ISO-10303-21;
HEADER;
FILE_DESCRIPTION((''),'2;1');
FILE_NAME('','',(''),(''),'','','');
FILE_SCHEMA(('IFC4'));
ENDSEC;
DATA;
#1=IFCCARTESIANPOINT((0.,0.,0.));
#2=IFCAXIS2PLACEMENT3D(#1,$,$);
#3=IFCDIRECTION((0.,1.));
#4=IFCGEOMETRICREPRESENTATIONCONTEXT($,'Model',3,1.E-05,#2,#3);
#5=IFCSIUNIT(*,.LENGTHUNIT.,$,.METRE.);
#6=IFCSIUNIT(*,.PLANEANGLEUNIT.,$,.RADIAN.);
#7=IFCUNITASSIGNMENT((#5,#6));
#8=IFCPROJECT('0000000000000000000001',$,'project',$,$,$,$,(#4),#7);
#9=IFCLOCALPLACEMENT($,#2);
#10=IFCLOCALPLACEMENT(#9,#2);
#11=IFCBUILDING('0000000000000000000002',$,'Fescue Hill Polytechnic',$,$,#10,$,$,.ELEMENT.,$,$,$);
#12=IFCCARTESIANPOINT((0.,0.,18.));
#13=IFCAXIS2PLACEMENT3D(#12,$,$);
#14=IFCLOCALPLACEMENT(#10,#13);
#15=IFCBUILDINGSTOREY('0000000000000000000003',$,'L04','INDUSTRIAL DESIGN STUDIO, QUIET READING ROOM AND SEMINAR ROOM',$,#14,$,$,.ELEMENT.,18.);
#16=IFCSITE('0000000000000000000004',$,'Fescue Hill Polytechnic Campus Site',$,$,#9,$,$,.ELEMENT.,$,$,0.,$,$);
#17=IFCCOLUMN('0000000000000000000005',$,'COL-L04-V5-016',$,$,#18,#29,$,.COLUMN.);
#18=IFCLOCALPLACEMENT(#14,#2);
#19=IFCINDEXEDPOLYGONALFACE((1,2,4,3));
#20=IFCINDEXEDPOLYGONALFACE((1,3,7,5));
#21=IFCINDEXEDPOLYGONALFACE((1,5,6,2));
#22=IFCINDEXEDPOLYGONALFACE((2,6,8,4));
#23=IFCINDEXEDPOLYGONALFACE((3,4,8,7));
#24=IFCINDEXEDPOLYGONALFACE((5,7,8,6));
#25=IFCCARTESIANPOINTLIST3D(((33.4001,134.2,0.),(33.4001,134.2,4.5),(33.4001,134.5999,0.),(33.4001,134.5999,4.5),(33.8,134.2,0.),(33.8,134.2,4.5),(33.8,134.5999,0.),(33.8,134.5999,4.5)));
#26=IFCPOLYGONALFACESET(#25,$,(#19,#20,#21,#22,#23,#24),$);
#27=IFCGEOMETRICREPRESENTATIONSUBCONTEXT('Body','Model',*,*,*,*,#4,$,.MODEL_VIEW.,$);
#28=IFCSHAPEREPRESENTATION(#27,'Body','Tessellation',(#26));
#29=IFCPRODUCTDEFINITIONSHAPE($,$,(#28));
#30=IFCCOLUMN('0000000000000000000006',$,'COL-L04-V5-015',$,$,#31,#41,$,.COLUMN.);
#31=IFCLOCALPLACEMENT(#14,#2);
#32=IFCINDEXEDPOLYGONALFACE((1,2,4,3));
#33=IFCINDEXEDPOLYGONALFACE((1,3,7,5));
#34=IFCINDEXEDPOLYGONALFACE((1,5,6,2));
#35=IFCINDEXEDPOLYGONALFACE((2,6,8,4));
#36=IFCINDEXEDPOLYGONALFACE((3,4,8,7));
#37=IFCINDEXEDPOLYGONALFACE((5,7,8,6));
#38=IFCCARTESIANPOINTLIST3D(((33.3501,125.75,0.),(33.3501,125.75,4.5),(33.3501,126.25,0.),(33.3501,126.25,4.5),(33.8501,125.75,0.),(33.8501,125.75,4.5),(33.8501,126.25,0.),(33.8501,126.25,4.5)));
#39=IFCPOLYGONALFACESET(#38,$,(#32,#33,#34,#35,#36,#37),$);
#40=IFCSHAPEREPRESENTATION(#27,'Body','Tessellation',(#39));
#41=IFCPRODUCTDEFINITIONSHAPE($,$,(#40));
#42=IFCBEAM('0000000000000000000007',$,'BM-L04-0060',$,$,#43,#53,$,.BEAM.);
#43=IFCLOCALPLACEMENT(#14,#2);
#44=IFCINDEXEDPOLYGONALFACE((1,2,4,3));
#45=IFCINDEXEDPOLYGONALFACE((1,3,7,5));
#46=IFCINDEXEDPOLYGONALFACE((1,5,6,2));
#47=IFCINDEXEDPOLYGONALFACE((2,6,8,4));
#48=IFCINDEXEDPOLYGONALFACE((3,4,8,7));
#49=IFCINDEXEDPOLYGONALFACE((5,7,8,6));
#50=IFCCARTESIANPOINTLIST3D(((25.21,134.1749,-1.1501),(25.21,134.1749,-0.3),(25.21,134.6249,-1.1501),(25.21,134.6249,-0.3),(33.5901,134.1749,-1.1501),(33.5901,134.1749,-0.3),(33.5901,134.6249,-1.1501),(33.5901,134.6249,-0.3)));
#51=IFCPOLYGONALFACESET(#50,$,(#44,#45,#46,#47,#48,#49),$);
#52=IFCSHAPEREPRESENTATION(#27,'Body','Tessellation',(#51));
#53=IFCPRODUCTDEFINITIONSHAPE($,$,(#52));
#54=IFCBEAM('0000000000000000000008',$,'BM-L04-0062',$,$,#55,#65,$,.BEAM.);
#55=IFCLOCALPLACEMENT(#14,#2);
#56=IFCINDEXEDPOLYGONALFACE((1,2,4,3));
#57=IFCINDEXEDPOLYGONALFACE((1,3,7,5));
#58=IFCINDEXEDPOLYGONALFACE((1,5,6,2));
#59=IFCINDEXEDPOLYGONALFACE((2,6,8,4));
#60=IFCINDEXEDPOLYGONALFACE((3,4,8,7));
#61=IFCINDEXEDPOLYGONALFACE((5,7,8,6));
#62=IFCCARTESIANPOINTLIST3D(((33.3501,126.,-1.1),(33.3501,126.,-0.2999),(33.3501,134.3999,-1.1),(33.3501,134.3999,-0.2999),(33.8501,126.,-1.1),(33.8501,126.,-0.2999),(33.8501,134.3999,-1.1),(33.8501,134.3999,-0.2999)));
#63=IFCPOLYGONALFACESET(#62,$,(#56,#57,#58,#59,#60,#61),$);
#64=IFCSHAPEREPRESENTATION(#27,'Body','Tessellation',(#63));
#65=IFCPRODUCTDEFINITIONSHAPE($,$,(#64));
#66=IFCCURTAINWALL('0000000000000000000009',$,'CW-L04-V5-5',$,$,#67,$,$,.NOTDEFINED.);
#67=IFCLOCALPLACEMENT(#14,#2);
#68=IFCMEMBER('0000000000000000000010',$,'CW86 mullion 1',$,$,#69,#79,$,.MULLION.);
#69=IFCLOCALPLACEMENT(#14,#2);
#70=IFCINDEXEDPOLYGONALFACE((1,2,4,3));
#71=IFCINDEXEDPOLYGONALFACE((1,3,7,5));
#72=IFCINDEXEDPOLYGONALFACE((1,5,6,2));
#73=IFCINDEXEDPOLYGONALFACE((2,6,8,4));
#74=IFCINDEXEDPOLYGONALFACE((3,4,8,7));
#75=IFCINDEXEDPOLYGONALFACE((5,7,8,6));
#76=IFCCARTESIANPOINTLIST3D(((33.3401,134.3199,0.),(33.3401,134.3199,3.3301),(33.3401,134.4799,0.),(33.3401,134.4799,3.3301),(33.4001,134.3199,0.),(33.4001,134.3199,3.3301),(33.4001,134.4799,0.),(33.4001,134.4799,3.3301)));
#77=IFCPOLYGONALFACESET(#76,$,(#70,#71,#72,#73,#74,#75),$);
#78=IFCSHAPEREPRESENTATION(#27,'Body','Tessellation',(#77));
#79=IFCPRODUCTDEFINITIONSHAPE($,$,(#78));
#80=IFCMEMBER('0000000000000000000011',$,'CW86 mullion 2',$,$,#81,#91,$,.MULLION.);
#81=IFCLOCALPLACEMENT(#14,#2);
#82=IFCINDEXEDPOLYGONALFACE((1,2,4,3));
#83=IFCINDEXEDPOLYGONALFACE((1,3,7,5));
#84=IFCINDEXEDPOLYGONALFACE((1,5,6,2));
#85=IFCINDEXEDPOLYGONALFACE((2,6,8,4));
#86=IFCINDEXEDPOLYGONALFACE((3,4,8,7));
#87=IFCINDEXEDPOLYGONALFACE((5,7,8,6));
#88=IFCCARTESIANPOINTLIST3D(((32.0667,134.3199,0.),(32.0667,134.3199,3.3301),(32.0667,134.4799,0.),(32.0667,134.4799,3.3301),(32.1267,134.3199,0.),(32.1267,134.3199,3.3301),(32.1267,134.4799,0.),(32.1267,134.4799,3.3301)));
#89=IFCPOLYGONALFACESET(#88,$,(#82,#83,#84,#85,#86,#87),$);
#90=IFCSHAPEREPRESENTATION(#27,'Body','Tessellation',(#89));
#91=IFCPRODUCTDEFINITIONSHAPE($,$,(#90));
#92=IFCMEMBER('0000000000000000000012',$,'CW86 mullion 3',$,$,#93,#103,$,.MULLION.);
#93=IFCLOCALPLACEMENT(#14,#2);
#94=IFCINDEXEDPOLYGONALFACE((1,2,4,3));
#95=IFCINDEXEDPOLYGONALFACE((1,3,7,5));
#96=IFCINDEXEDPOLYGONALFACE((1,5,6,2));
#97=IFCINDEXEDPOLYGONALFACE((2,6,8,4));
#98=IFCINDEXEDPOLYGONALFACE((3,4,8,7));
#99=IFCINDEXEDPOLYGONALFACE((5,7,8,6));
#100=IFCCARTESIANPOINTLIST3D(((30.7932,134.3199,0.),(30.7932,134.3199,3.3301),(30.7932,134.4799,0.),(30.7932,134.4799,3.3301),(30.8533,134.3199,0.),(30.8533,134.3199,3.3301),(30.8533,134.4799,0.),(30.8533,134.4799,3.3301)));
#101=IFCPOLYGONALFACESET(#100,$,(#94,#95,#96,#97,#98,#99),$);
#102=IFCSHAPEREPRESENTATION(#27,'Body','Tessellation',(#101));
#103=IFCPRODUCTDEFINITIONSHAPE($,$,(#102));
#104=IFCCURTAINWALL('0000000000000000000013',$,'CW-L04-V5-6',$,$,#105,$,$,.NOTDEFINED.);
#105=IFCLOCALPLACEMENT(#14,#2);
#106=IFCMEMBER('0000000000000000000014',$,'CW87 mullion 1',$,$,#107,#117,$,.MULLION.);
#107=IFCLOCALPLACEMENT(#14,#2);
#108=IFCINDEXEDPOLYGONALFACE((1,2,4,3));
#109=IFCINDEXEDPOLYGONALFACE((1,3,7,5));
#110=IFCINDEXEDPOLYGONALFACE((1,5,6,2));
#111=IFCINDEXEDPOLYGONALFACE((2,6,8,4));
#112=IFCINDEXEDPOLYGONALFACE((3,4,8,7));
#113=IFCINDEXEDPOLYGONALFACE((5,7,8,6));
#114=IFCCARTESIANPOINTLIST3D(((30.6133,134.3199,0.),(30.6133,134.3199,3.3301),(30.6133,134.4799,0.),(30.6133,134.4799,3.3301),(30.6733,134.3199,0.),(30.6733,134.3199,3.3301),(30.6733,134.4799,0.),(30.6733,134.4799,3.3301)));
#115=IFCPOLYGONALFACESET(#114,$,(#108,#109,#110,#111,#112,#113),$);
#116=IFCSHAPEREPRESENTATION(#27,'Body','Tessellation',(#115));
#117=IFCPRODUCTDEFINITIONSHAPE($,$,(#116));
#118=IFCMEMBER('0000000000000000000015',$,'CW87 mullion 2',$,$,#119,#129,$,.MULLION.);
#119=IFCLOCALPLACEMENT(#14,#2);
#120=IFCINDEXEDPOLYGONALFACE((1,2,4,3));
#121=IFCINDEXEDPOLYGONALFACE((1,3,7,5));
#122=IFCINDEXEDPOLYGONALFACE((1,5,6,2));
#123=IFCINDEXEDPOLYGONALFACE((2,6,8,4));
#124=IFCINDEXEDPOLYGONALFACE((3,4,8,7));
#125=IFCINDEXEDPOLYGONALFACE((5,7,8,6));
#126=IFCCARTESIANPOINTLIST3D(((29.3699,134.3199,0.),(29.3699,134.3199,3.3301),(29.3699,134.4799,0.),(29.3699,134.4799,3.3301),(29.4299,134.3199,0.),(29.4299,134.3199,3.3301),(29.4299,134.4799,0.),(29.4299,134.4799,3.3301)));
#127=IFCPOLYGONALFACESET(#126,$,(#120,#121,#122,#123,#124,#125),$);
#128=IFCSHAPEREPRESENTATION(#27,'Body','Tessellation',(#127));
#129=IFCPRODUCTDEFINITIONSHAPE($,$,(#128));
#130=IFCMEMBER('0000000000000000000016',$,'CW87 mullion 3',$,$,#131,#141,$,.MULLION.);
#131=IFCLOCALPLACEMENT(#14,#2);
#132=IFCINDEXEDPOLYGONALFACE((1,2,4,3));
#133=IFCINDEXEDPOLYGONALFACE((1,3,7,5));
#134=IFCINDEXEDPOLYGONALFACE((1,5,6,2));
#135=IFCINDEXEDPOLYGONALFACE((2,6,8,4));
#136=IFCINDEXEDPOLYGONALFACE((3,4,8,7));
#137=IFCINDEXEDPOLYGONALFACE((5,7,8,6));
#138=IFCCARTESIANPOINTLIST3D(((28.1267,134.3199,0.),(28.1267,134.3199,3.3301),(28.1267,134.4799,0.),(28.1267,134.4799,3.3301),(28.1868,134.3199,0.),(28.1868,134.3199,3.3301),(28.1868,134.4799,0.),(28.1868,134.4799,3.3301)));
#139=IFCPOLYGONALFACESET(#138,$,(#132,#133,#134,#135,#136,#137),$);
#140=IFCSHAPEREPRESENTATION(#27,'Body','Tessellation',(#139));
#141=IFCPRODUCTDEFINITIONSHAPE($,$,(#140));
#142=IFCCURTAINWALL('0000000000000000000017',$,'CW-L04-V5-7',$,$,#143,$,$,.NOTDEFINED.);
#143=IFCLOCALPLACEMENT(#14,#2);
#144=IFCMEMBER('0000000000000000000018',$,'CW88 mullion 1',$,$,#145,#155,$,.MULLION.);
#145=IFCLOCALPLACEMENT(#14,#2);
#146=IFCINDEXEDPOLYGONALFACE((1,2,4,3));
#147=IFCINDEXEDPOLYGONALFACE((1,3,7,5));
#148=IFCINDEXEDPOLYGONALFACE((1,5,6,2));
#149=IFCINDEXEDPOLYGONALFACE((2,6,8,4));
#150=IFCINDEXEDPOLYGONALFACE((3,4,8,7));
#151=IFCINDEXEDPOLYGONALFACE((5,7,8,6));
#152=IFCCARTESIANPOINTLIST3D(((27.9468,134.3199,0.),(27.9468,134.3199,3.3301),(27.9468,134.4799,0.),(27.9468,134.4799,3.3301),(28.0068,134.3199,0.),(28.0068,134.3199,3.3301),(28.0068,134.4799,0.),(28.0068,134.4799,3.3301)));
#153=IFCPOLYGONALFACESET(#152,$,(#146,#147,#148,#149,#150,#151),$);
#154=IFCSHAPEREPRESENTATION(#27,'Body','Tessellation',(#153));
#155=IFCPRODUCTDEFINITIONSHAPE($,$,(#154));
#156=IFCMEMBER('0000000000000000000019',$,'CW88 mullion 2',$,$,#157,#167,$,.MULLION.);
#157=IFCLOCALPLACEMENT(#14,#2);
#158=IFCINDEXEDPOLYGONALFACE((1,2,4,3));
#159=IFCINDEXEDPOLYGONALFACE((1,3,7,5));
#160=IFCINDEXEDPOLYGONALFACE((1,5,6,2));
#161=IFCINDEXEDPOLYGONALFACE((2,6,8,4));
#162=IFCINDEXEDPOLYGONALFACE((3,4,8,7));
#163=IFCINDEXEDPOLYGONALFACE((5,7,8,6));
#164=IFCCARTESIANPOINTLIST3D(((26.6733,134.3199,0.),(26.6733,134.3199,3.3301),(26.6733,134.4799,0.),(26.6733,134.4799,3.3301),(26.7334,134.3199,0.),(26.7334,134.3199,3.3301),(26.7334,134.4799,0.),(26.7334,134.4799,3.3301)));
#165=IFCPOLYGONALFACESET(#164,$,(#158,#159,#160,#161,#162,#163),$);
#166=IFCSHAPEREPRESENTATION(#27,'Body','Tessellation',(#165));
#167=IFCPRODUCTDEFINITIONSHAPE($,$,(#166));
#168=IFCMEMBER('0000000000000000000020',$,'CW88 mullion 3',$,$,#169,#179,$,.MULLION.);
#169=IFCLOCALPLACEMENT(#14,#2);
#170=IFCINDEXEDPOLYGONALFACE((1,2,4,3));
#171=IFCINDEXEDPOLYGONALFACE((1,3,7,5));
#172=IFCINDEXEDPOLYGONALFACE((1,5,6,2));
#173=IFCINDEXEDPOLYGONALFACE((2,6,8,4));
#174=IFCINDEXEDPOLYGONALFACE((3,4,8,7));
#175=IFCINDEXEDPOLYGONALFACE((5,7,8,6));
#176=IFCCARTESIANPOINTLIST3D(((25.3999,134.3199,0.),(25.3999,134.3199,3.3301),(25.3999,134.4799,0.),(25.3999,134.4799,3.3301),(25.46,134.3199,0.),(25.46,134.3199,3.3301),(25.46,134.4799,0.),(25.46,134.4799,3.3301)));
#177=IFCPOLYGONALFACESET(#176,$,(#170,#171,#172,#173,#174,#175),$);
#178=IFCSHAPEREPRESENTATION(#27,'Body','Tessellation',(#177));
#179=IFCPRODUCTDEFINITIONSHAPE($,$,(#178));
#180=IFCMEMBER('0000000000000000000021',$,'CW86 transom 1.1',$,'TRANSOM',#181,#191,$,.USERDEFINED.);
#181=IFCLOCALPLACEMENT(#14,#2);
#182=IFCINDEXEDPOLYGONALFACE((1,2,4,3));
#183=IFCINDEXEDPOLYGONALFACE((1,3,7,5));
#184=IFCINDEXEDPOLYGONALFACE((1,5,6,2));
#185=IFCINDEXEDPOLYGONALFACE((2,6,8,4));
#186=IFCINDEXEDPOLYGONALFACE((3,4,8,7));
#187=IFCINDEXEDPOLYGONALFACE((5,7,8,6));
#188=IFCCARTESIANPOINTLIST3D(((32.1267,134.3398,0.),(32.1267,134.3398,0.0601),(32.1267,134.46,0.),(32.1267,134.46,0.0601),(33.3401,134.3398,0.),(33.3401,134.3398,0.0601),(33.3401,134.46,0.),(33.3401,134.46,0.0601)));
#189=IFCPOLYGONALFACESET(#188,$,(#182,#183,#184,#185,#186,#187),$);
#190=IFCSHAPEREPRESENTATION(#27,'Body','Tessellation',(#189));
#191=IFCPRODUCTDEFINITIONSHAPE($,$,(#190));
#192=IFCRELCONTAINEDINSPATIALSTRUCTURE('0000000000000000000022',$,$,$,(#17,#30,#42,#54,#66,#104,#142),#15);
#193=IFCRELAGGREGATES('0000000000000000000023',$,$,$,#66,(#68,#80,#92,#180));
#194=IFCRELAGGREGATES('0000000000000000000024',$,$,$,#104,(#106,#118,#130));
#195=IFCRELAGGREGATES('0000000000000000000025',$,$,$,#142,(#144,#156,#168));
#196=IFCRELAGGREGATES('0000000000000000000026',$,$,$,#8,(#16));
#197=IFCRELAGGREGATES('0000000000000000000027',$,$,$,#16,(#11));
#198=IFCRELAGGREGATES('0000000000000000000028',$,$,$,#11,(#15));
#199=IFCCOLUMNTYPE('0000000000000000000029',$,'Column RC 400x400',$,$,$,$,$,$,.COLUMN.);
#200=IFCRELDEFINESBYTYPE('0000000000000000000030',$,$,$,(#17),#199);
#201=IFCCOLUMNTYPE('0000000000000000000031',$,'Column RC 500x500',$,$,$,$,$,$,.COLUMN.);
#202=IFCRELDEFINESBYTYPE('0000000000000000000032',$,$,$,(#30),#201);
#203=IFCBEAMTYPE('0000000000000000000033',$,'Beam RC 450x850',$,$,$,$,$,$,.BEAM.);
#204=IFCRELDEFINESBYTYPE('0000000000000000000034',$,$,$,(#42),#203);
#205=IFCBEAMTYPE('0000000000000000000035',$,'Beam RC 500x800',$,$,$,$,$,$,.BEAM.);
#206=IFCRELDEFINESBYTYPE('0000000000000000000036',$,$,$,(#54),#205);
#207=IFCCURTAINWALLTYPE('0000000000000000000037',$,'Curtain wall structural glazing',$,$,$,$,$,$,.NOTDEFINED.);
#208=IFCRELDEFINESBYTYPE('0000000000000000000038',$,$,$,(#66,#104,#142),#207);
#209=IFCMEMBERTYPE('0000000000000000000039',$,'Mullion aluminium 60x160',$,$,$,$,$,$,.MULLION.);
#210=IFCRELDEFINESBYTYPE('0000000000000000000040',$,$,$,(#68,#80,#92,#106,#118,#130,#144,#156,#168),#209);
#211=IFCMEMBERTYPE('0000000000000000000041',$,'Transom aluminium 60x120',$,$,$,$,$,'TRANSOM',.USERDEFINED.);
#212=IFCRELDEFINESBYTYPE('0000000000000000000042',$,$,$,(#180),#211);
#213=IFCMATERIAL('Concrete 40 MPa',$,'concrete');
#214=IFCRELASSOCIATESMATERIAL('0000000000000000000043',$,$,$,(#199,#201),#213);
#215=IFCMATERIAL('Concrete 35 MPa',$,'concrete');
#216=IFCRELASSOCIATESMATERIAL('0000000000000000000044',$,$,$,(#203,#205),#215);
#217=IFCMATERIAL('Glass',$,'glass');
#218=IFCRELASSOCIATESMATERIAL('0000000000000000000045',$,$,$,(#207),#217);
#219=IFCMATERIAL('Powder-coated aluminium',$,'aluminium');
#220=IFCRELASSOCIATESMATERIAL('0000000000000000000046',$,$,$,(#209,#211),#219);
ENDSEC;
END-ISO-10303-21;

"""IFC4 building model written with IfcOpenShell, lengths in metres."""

from ifc_helpers import new_model, si_unit, direction, frame, origin, origin_2d, place, context, subcontext, project, spatial, rectangle, extrude, material, material_profile, profile_set, type_object, element, aggregate, save


model = new_model("IFC4")

# Units and contexts
model_context = context("Model", 3, precision=1e-05, world=origin(), true_north=direction((0.0, 1.0)))
body_context = subcontext(model_context, "Body", "Model", "MODEL_VIEW")
ifc_project = project(units=[si_unit("LENGTHUNIT", "METRE"), si_unit("PLANEANGLEUNIT", "RADIAN")], contexts=[model_context])

# Site, building, storey
site_placement = place(None, origin())
site = spatial("IfcSite", under=ifc_project, at=site_placement, Name="Fescue Hill Polytechnic Campus Site", CompositionType="ELEMENT", RefElevation=0.0)
building_placement = place(site_placement, origin())
building = spatial("IfcBuilding", under=site, at=building_placement, Name="Fescue Hill Polytechnic", CompositionType="ELEMENT")
storey_placement = place(building_placement, frame((0.0, 0.0, 18.0)))
storey = spatial("IfcBuildingStorey", under=building, at=storey_placement, Name="L04", Description="INDUSTRIAL DESIGN STUDIO, QUIET READING ROOM AND SEMINAR ROOM", CompositionType="ELEMENT", Elevation=18.0)

# Columns
ifc_material_1 = material(Name="Concrete 40 MPa", Category="concrete")
ifc_material_profile_1 = material_profile(ifc_material_1, rectangle(XDim=0.3999, YDim=0.3999, at=origin_2d()), Name="RC 400x400")
ifc_profile_set_1 = profile_set([ifc_material_profile_1], Name="Concrete 40 MPa")
column_type_1 = type_object("IfcColumnType", Name="Column RC 400x400", PredefinedType="COLUMN", material=ifc_profile_set_1)
column_1_placement = place(storey_placement, frame((33.6001, 134.3999, 0.0), z_axis=(0.0, 0.0, 1.0), x_axis=(1.0, 0.0, 0.0)))
element("IfcColumn", 1, at=column_1_placement, inside=storey, type_object=column_type_1, Name="COL-L04-V5-016", PredefinedType="COLUMN", context=body_context, shape_type="SweptSolid", body=[
    extrude(rectangle(XDim=0.3999, YDim=0.3999, at=origin_2d()), origin(), (0.0, 0.0, 1.0), 4.5),
])
ifc_material_profile_2 = material_profile(ifc_material_1, rectangle(XDim=0.5, YDim=0.5, at=origin_2d()), Name="RC 500x500")
ifc_profile_set_2 = profile_set([ifc_material_profile_2], Name="Concrete 40 MPa")
column_type_2 = type_object("IfcColumnType", Name="Column RC 500x500", PredefinedType="COLUMN", material=ifc_profile_set_2)
column_2_placement = place(storey_placement, frame((33.6001, 126.0, 0.0), z_axis=(0.0, 0.0, 1.0), x_axis=(1.0, 0.0, 0.0)))
element("IfcColumn", 2, at=column_2_placement, inside=storey, type_object=column_type_2, Name="COL-L04-V5-015", PredefinedType="COLUMN", context=body_context, shape_type="SweptSolid", body=[
    extrude(rectangle(XDim=0.5, YDim=0.5, at=origin_2d()), origin(), (0.0, 0.0, 1.0), 4.5),
])

# Beams
ifc_material_2 = material(Name="Concrete 35 MPa", Category="concrete")
ifc_material_profile_3 = material_profile(ifc_material_2, rectangle(XDim=0.45, YDim=0.8501, at=origin_2d()), Name="RC 450x850")
ifc_profile_set_3 = profile_set([ifc_material_profile_3], Name="Concrete 35 MPa")
beam_type_1 = type_object("IfcBeamType", Name="Beam RC 450x850", PredefinedType="BEAM", material=ifc_profile_set_3)
beam_1_placement = place(storey_placement, frame((25.21, 134.3999, -0.7251), z_axis=(1.0, 0.0, 0.0), x_axis=(0.0, 1.0, 0.0)))
element("IfcBeam", 3, at=beam_1_placement, inside=storey, type_object=beam_type_1, Name="BM-L04-0060", PredefinedType="BEAM", context=body_context, shape_type="SweptSolid", body=[
    extrude(rectangle(XDim=0.45, YDim=0.8501, at=origin_2d()), origin(), (0.0, 0.0, 1.0), 8.3801),
])
ifc_material_profile_4 = material_profile(ifc_material_2, rectangle(XDim=0.5, YDim=0.8, at=origin_2d()), Name="RC 500x800")
ifc_profile_set_4 = profile_set([ifc_material_profile_4], Name="Concrete 35 MPa")
beam_type_2 = type_object("IfcBeamType", Name="Beam RC 500x800", PredefinedType="BEAM", material=ifc_profile_set_4)
beam_2_placement = place(storey_placement, frame((33.6001, 126.0, -0.7), z_axis=(0.0, 1.0, 0.0), x_axis=(-1.0, 0.0, 0.0)))
element("IfcBeam", 4, at=beam_2_placement, inside=storey, type_object=beam_type_2, Name="BM-L04-0062", PredefinedType="BEAM", context=body_context, shape_type="SweptSolid", body=[
    extrude(rectangle(XDim=0.5, YDim=0.8, at=origin_2d()), origin(), (0.0, 0.0, 1.0), 8.3999),
])

# Curtain walls, members
ifc_material_3 = material(Name="Glass", Category="glass")
curtain_wall_type = type_object("IfcCurtainWallType", Name="Curtain wall structural glazing", PredefinedType="NOTDEFINED", material=ifc_material_3)
curtain_wall_1_placement = place(storey_placement, origin())
curtain_wall_1 = element("IfcCurtainWall", 5, at=curtain_wall_1_placement, inside=storey, type_object=curtain_wall_type, Name="CW-L04-V5-5", PredefinedType="NOTDEFINED")
ifc_material_4 = material(Name="Powder-coated aluminium", Category="aluminium")
ifc_material_profile_5 = material_profile(ifc_material_4, rectangle(XDim=0.1599, YDim=0.0601, at=origin_2d()), Name="Mullion aluminium 60x160")
ifc_profile_set_5 = profile_set([ifc_material_profile_5], Name="Powder-coated aluminium")
member_type_1 = type_object("IfcMemberType", Name="Mullion aluminium 60x160", PredefinedType="MULLION", material=ifc_profile_set_5)
member_1_placement = place(storey_placement, frame((33.3701, 134.3999, 0.0), z_axis=(0.0, 0.0, 1.0), x_axis=(0.0, -1.0, 0.0)))
member_1 = element("IfcMember", 6, at=member_1_placement, type_object=member_type_1, Name="CW86 mullion 1", PredefinedType="MULLION", context=body_context, shape_type="SweptSolid", body=[
    extrude(rectangle(XDim=0.1599, YDim=0.0601, at=origin_2d()), origin(), (0.0, 0.0, 1.0), 3.3301),
])
member_2_placement = place(storey_placement, frame((32.0967, 134.3999, 0.0), z_axis=(0.0, 0.0, 1.0), x_axis=(0.0, -1.0, 0.0)))
member_2 = element("IfcMember", 7, at=member_2_placement, type_object=member_type_1, Name="CW86 mullion 2", PredefinedType="MULLION", context=body_context, shape_type="SweptSolid", body=[
    extrude(rectangle(XDim=0.1599, YDim=0.0601, at=origin_2d()), origin(), (0.0, 0.0, 1.0), 3.3301),
])
member_3_placement = place(storey_placement, frame((30.8232, 134.3999, 0.0), z_axis=(0.0, 0.0, 1.0), x_axis=(0.0, -1.0, 0.0)))
member_3 = element("IfcMember", 8, at=member_3_placement, type_object=member_type_1, Name="CW86 mullion 3", PredefinedType="MULLION", context=body_context, shape_type="SweptSolid", body=[
    extrude(rectangle(XDim=0.1599, YDim=0.0601, at=origin_2d()), origin(), (0.0, 0.0, 1.0), 3.3301),
])
curtain_wall_2_placement = place(storey_placement, origin())
curtain_wall_2 = element("IfcCurtainWall", 9, at=curtain_wall_2_placement, inside=storey, type_object=curtain_wall_type, Name="CW-L04-V5-6", PredefinedType="NOTDEFINED")
member_4_placement = place(storey_placement, frame((30.6433, 134.3999, 0.0), z_axis=(0.0, 0.0, 1.0), x_axis=(0.0, -1.0, 0.0)))
member_4 = element("IfcMember", 10, at=member_4_placement, type_object=member_type_1, Name="CW87 mullion 1", PredefinedType="MULLION", context=body_context, shape_type="SweptSolid", body=[
    extrude(rectangle(XDim=0.1599, YDim=0.0601, at=origin_2d()), origin(), (0.0, 0.0, 1.0), 3.3301),
])
member_5_placement = place(storey_placement, frame((29.3999, 134.3999, 0.0), z_axis=(0.0, 0.0, 1.0), x_axis=(0.0, -1.0, 0.0)))
member_5 = element("IfcMember", 11, at=member_5_placement, type_object=member_type_1, Name="CW87 mullion 2", PredefinedType="MULLION", context=body_context, shape_type="SweptSolid", body=[
    extrude(rectangle(XDim=0.1599, YDim=0.0601, at=origin_2d()), origin(), (0.0, 0.0, 1.0), 3.3301),
])
member_6_placement = place(storey_placement, frame((28.1567, 134.3999, 0.0), z_axis=(0.0, 0.0, 1.0), x_axis=(0.0, -1.0, 0.0)))
member_6 = element("IfcMember", 12, at=member_6_placement, type_object=member_type_1, Name="CW87 mullion 3", PredefinedType="MULLION", context=body_context, shape_type="SweptSolid", body=[
    extrude(rectangle(XDim=0.1599, YDim=0.0601, at=origin_2d()), origin(), (0.0, 0.0, 1.0), 3.3301),
])
curtain_wall_3_placement = place(storey_placement, origin())
curtain_wall_3 = element("IfcCurtainWall", 13, at=curtain_wall_3_placement, inside=storey, type_object=curtain_wall_type, Name="CW-L04-V5-7", PredefinedType="NOTDEFINED")
member_7_placement = place(storey_placement, frame((27.9768, 134.3999, 0.0), z_axis=(0.0, 0.0, 1.0), x_axis=(0.0, -1.0, 0.0)))
member_7 = element("IfcMember", 14, at=member_7_placement, type_object=member_type_1, Name="CW88 mullion 1", PredefinedType="MULLION", context=body_context, shape_type="SweptSolid", body=[
    extrude(rectangle(XDim=0.1599, YDim=0.0601, at=origin_2d()), origin(), (0.0, 0.0, 1.0), 3.3301),
])
member_8_placement = place(storey_placement, frame((26.7034, 134.3999, 0.0), z_axis=(0.0, 0.0, 1.0), x_axis=(0.0, -1.0, 0.0)))
member_8 = element("IfcMember", 15, at=member_8_placement, type_object=member_type_1, Name="CW88 mullion 2", PredefinedType="MULLION", context=body_context, shape_type="SweptSolid", body=[
    extrude(rectangle(XDim=0.1599, YDim=0.0601, at=origin_2d()), origin(), (0.0, 0.0, 1.0), 3.3301),
])
member_9_placement = place(storey_placement, frame((25.4299, 134.3999, 0.0), z_axis=(0.0, 0.0, 1.0), x_axis=(0.0, -1.0, 0.0)))
member_9 = element("IfcMember", 16, at=member_9_placement, type_object=member_type_1, Name="CW88 mullion 3", PredefinedType="MULLION", context=body_context, shape_type="SweptSolid", body=[
    extrude(rectangle(XDim=0.1599, YDim=0.0601, at=origin_2d()), origin(), (0.0, 0.0, 1.0), 3.3301),
])

# Member
ifc_material_profile_6 = material_profile(ifc_material_4, rectangle(XDim=0.1201, YDim=0.0601, at=origin_2d()), Name="Transom aluminium 60x120")
ifc_profile_set_6 = profile_set([ifc_material_profile_6], Name="Powder-coated aluminium")
member_type_2 = type_object("IfcMemberType", Name="Transom aluminium 60x120", ElementType="TRANSOM", PredefinedType="USERDEFINED", material=ifc_profile_set_6)
member_10_placement = place(storey_placement, frame((33.3401, 134.3999, 0.03), z_axis=(-1.0, 0.0, 0.0), x_axis=(0.0, -1.0, 0.0)))
member_10 = element("IfcMember", 17, at=member_10_placement, type_object=member_type_2, Name="CW86 transom 1.1", ObjectType="TRANSOM", PredefinedType="USERDEFINED", context=body_context, shape_type="SweptSolid", body=[
    extrude(rectangle(XDim=0.1201, YDim=0.0601, at=origin_2d()), origin(), (0.0, 0.0, 1.0), 1.2134),
])

aggregate(curtain_wall_1, [member_1, member_2, member_3, member_10])
aggregate(curtain_wall_2, [member_4, member_5, member_6])
aggregate(curtain_wall_3, [member_7, member_8, member_9])

save(model, "model.ifc")
